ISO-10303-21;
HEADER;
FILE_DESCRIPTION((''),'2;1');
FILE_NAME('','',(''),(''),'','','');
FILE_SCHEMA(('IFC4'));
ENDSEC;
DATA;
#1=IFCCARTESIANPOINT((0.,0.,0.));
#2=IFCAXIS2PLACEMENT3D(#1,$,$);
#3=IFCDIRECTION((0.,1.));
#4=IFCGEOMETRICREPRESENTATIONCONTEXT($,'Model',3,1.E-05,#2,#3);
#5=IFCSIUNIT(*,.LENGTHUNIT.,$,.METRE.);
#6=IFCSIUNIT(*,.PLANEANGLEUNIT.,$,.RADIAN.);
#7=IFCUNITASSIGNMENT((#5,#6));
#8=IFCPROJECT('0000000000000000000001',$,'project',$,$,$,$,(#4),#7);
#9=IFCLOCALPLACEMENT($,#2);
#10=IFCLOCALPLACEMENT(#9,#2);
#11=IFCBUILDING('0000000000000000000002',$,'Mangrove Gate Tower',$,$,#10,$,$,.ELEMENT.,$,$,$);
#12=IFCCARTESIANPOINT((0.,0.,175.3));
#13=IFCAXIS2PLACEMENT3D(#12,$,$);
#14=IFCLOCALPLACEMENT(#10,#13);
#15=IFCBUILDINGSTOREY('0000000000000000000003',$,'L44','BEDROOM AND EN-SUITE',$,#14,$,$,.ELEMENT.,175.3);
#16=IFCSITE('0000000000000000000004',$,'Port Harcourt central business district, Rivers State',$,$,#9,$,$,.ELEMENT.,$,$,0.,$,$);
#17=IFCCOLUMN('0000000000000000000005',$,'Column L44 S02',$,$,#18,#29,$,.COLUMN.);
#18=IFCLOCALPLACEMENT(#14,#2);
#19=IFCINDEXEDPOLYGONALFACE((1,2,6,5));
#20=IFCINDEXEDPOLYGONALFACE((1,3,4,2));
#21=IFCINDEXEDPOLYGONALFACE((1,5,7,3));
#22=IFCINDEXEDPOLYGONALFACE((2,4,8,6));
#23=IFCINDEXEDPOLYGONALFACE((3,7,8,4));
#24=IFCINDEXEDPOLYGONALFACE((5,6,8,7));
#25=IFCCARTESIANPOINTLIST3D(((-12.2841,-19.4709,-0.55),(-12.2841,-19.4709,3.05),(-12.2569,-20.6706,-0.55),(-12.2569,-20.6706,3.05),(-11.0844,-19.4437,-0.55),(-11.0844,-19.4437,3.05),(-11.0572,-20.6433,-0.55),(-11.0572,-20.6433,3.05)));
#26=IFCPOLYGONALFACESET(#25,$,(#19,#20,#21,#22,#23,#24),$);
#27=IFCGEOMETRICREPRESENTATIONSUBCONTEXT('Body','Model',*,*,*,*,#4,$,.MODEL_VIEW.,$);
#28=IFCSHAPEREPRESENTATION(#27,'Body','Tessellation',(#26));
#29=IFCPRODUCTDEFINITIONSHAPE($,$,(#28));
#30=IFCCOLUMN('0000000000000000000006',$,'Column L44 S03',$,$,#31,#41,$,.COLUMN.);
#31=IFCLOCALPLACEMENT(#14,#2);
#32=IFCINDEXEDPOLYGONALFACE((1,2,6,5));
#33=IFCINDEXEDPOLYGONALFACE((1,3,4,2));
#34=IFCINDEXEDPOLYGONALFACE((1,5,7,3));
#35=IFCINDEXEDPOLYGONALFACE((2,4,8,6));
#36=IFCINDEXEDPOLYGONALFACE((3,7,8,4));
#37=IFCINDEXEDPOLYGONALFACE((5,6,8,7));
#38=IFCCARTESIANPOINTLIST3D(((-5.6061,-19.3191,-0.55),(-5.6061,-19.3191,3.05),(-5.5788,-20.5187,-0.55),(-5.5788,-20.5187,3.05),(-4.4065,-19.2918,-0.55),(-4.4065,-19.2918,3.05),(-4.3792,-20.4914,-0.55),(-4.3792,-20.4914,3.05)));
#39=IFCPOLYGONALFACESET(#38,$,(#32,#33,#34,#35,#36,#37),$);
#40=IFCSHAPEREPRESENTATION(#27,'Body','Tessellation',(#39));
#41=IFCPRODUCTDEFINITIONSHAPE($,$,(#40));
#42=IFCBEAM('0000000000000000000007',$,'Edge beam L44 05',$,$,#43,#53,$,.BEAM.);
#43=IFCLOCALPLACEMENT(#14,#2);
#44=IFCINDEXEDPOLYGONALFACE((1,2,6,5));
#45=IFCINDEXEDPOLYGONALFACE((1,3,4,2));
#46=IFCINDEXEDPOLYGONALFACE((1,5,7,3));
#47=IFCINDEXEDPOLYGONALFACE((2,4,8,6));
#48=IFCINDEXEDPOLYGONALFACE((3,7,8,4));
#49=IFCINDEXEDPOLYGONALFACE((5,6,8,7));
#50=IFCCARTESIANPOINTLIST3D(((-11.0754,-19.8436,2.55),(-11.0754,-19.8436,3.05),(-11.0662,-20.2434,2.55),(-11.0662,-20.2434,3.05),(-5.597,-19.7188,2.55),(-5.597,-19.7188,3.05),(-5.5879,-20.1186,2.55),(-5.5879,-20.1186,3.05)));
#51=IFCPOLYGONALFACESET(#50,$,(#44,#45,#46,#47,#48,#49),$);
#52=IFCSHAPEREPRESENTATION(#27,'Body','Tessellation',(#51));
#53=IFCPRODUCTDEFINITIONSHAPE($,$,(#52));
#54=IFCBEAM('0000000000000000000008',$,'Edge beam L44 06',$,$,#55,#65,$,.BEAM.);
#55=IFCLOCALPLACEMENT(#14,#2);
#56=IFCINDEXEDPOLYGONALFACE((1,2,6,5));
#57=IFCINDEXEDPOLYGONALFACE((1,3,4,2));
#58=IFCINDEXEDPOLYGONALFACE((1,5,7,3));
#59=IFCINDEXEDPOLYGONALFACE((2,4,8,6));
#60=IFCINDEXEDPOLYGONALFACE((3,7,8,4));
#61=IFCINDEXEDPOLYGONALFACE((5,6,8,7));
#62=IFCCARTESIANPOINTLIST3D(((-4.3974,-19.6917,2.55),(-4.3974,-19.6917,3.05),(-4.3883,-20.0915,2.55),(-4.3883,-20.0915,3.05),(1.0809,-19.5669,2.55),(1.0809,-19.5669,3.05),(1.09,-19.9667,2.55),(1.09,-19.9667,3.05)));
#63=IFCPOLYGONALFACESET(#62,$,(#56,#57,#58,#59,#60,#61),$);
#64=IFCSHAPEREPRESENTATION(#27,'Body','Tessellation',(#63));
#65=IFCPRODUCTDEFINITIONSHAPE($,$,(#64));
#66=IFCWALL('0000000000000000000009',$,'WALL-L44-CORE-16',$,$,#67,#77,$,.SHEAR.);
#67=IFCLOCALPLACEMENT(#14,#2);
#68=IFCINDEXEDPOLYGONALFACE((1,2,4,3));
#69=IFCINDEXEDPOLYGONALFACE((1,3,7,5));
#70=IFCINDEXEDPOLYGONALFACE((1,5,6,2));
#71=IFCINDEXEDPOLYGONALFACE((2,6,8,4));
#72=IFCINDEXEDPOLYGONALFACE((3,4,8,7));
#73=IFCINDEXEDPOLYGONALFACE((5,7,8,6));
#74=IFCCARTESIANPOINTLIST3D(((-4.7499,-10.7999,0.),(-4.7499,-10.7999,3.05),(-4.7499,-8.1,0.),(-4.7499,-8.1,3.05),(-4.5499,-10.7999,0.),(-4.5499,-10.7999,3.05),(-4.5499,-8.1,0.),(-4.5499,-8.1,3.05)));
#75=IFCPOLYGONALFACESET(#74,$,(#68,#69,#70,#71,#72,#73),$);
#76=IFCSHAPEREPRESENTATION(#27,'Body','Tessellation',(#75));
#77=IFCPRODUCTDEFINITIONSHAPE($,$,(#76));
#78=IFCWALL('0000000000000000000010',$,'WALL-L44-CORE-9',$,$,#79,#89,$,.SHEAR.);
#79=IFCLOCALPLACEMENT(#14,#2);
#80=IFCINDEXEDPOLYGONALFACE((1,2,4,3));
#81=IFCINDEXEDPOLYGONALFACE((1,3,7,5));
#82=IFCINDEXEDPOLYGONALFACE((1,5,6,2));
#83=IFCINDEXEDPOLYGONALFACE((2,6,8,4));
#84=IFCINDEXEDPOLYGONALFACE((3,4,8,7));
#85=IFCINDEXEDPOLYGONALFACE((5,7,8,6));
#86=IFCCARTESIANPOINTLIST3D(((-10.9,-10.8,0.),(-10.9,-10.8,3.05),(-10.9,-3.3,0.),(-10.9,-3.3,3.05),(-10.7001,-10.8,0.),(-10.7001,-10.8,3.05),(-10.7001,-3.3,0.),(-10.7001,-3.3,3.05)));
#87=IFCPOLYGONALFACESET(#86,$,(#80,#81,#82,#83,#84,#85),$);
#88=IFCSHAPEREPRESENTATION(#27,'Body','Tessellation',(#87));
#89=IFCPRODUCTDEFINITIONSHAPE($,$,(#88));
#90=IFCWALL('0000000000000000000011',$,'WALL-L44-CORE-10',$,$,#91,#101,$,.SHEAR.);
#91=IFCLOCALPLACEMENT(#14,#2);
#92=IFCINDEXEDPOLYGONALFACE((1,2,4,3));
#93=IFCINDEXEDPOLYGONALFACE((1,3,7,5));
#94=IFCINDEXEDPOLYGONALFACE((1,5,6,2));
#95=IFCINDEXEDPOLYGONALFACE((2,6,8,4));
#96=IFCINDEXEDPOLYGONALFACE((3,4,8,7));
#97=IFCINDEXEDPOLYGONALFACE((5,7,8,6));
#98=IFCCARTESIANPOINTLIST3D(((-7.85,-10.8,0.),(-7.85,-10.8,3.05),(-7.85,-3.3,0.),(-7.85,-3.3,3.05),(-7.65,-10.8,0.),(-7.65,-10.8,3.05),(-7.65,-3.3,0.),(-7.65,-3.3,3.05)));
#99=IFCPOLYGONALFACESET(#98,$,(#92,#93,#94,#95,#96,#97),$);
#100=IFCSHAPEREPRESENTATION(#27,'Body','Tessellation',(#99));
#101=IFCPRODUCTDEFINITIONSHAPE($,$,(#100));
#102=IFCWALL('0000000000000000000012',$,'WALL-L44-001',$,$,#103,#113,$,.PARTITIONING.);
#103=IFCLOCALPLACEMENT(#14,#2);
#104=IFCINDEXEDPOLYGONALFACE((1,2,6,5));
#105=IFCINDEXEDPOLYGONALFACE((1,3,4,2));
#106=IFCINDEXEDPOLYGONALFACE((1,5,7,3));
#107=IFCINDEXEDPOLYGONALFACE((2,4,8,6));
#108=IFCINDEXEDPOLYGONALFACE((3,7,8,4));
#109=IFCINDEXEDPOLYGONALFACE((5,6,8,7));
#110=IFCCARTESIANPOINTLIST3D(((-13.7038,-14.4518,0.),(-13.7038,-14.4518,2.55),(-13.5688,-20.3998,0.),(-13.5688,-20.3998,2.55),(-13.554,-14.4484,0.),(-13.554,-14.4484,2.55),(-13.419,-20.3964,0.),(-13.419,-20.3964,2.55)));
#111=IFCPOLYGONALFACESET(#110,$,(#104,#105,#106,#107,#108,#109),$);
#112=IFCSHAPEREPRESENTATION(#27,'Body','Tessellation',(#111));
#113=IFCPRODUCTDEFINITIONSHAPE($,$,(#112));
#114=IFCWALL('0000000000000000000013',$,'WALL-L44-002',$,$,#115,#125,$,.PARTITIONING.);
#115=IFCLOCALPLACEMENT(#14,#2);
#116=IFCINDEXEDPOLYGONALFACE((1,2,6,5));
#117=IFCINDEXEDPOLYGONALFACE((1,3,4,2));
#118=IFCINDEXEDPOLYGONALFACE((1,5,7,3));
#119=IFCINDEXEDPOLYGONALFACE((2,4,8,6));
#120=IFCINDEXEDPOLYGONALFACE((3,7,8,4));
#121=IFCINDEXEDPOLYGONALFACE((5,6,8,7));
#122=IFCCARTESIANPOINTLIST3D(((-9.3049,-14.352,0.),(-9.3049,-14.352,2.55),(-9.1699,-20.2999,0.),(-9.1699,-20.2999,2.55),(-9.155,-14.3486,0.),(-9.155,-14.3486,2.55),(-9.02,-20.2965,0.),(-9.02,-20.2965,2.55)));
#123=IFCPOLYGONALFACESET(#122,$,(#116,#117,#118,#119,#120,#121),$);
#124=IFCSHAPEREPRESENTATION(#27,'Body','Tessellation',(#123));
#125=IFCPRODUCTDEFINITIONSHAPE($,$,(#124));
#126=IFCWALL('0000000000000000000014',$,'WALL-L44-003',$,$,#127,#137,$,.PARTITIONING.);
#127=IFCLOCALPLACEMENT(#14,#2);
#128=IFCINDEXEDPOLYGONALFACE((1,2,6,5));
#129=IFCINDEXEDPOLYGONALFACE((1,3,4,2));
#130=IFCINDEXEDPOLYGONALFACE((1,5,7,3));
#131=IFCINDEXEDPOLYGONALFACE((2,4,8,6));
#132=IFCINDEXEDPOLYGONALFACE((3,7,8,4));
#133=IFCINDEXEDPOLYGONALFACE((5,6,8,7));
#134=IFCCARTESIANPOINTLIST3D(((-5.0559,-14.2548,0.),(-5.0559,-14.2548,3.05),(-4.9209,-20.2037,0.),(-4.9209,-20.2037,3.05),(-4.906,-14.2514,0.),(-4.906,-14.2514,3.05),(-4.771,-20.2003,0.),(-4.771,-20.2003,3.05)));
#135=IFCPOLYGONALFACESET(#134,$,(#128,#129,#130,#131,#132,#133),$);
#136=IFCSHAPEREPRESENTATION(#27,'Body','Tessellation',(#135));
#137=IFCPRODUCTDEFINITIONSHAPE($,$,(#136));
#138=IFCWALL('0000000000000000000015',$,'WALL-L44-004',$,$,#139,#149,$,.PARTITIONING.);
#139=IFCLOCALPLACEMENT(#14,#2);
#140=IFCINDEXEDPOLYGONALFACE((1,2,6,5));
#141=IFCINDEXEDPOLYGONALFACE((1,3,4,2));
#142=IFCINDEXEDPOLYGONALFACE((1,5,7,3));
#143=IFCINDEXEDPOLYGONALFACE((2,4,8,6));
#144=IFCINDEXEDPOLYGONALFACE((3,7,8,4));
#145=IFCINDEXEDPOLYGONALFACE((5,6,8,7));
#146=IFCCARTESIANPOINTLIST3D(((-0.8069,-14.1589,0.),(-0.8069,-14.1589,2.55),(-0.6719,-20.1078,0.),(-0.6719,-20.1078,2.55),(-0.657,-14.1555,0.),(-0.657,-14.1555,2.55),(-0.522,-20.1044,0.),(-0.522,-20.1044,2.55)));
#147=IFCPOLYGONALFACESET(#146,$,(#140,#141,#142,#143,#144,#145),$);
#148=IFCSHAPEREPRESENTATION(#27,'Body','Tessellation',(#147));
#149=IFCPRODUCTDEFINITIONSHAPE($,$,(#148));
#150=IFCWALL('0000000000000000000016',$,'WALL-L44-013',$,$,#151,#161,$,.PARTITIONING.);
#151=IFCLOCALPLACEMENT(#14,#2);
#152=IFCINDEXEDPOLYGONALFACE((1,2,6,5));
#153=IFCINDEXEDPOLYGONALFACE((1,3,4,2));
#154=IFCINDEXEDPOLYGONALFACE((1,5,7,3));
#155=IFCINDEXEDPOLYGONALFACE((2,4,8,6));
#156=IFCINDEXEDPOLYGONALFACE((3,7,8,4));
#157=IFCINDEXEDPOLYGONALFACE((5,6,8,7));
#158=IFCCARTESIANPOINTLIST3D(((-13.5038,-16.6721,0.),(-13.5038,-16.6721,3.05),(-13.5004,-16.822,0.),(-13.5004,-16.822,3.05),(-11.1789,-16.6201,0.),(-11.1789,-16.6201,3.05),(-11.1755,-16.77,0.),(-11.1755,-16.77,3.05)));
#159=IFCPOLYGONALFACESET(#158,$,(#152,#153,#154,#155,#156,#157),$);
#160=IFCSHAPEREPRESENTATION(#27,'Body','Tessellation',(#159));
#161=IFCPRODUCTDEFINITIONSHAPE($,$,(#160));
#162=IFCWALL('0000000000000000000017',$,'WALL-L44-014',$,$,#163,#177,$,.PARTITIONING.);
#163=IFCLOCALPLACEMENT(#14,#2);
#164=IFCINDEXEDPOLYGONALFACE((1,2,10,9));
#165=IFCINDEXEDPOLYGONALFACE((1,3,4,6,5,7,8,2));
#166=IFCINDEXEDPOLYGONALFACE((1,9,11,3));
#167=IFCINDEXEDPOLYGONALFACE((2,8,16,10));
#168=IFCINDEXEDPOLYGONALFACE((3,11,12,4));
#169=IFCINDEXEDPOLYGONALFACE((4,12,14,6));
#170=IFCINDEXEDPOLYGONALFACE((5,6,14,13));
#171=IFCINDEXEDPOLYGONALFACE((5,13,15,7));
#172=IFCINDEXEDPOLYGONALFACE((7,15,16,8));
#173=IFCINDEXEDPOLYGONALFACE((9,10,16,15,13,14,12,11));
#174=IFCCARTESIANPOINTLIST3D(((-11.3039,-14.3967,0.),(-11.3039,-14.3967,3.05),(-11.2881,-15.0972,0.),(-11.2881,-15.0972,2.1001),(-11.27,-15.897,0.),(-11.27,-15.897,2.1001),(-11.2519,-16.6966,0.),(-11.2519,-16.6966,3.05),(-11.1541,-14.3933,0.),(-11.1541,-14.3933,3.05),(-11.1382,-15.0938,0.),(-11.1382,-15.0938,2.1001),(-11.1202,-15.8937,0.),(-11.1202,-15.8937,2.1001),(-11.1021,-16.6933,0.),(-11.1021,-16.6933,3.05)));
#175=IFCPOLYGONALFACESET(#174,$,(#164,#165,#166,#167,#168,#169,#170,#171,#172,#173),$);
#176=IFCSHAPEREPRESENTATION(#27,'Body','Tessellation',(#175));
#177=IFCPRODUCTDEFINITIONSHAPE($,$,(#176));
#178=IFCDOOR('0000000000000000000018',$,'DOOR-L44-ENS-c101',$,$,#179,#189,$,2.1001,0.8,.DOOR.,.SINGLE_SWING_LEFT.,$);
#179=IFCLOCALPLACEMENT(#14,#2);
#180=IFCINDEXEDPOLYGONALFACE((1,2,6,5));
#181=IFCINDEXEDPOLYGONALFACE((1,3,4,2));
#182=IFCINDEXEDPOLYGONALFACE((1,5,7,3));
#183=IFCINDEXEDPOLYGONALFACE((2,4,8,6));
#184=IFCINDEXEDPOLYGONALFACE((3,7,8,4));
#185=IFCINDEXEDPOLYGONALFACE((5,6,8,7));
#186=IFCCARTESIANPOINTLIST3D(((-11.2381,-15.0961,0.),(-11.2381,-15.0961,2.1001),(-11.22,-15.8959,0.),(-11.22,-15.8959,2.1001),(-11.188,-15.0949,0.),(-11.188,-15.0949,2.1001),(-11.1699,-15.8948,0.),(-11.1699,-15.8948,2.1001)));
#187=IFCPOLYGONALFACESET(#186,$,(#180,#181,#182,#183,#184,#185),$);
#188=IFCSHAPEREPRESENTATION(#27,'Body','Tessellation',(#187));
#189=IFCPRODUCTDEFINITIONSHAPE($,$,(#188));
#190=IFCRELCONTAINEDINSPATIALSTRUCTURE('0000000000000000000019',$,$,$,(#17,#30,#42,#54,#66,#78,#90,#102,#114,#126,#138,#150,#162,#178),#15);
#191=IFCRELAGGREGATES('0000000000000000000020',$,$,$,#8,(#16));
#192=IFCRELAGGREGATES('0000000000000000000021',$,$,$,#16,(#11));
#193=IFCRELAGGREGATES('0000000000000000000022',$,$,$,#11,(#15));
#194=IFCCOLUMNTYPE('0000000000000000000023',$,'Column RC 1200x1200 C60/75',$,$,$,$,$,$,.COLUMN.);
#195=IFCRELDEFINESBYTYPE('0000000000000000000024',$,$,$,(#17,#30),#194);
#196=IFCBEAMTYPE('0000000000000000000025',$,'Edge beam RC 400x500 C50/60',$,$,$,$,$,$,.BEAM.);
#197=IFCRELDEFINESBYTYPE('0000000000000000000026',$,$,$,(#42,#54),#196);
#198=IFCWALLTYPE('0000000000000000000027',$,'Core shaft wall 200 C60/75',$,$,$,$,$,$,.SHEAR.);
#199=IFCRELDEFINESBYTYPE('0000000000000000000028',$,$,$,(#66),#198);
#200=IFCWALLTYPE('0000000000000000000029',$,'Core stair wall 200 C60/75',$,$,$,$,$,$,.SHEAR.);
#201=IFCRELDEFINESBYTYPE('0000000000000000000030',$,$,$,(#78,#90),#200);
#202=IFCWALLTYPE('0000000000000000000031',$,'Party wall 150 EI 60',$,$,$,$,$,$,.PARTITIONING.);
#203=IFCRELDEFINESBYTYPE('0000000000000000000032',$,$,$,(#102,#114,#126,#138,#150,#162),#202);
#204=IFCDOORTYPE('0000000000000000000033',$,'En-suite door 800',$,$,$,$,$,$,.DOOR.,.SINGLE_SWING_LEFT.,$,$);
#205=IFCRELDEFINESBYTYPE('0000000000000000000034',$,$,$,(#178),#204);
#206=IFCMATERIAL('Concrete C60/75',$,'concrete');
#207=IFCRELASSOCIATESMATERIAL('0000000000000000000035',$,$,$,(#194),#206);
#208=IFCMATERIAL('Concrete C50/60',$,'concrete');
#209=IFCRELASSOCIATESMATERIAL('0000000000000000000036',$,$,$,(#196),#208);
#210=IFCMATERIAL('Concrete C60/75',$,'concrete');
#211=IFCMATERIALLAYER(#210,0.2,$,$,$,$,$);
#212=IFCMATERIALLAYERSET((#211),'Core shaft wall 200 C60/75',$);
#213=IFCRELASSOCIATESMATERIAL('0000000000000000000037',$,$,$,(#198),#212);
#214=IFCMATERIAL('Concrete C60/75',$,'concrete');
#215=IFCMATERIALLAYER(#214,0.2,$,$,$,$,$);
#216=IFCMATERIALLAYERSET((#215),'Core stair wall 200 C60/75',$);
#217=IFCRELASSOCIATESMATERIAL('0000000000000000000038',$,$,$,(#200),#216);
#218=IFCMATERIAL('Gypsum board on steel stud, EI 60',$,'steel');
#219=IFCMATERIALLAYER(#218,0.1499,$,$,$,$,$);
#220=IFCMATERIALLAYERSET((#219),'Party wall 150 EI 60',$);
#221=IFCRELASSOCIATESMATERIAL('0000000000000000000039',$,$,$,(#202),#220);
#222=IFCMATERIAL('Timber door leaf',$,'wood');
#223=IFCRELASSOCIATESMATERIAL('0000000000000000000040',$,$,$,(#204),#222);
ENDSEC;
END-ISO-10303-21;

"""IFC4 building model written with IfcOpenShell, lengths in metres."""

from ifc_helpers import new_model, si_unit, direction, frame, frame_2d, origin, origin_2d, place, context, subcontext, project, spatial, rectangle, extrude, material, layer, layer_set, material_profile, profile_set, type_object, element, fill, save


model = new_model("IFC4")

# Units and contexts
model_context = context("Model", 3, precision=1e-05, world=origin(), true_north=direction((0.0, 1.0)))
body_context = subcontext(model_context, "Body", "Model", "MODEL_VIEW")
ifc_project = project(units=[si_unit("LENGTHUNIT", "METRE"), si_unit("PLANEANGLEUNIT", "RADIAN")], contexts=[model_context])

# Site, building, storey
site_placement = place(None, origin())
site = spatial("IfcSite", under=ifc_project, at=site_placement, Name="Port Harcourt central business district, Rivers State", CompositionType="ELEMENT", RefElevation=0.0)
building_placement = place(site_placement, origin())
building = spatial("IfcBuilding", under=site, at=building_placement, Name="Mangrove Gate Tower", CompositionType="ELEMENT")
storey_placement = place(building_placement, frame((0.0, 0.0, 175.3)))
storey = spatial("IfcBuildingStorey", under=building, at=storey_placement, Name="L44", Description="BEDROOM AND EN-SUITE", CompositionType="ELEMENT", Elevation=175.3)

# Columns
ifc_material_1 = material(Name="Concrete C60/75", Category="concrete")
ifc_material_profile_1 = material_profile(ifc_material_1, rectangle(XDim=1.2, YDim=1.2, at=origin_2d()))
ifc_profile_set_1 = profile_set([ifc_material_profile_1], Name="Concrete C60/75")
column_type = type_object("IfcColumnType", Name="Column RC 1200x1200 C60/75", PredefinedType="COLUMN", material=ifc_profile_set_1)
for number, where, z_axis, x_axis, name in (
    (1, (-11.6707, -20.0571, -0.55), (0.0, 0.0, 1.0), (0.999743, 0.022679, 0.0), "Column L44 S02"),
    (2, (-4.9927, -19.9053, -0.55), (0.0, 0.0, 1.0), (0.999741, 0.022755, 0.0), "Column L44 S03"),
):
    element("IfcColumn", number, at=place(storey_placement, frame(where, z_axis=z_axis, x_axis=x_axis)), inside=storey, type_object=column_type, Name=name, PredefinedType="COLUMN", context=body_context, shape_type="SweptSolid", body=[
        extrude(rectangle(XDim=1.2, YDim=1.2, at=origin_2d()), origin(), (0.0, 0.0, 1.0), 3.6001),
    ])

# Beams
ifc_material_2 = material(Name="Concrete C50/60", Category="concrete")
ifc_material_profile_2 = material_profile(ifc_material_2, rectangle(XDim=0.3999, YDim=0.5, at=origin_2d()))
ifc_profile_set_2 = profile_set([ifc_material_profile_2], Name="Concrete C50/60")
beam_type = type_object("IfcBeamType", Name="Edge beam RC 400x500 C50/60", PredefinedType="BEAM", material=ifc_profile_set_2)
for number, where, z_axis, x_axis, name in (
    (3, (-11.0708, -20.0435, 2.8), (0.999741, 0.022767, 0.0), (-0.022767, 0.999741, 0.0), "Edge beam L44 05"),
    (4, (-4.3928, -19.8916, 2.8), (0.999741, 0.022767, 0.0), (-0.022767, 0.999741, 0.0), "Edge beam L44 06"),
):
    element("IfcBeam", number, at=place(storey_placement, frame(where, z_axis=z_axis, x_axis=x_axis)), inside=storey, type_object=beam_type, Name=name, PredefinedType="BEAM", context=body_context, shape_type="SweptSolid", body=[
        extrude(rectangle(XDim=0.3999, YDim=0.5, at=origin_2d()), origin(), (0.0, 0.0, 1.0), 5.4797),
    ])

# Walls
ifc_material_3 = material(Name="Concrete C60/75", Category="concrete")
ifc_layer_1 = layer(ifc_material_3, 0.2)
ifc_layer_set_1 = layer_set([ifc_layer_1], Name="Core shaft wall 200 C60/75")
wall_type_1 = type_object("IfcWallType", Name="Core shaft wall 200 C60/75", PredefinedType="SHEAR", material=ifc_layer_set_1)
wall_1_placement = place(storey_placement, frame((-4.6499, -10.8, 0.0), z_axis=(0.0, 0.0, 1.0), x_axis=(0.0, 1.0, 0.0)))
element("IfcWall", 5, at=wall_1_placement, inside=storey, type_object=wall_type_1, Name="WALL-L44-CORE-16", PredefinedType="SHEAR", context=body_context, shape_type="SweptSolid", body=[
    extrude(rectangle(XDim=2.7, YDim=0.2, at=frame_2d((1.3501, 0.0))), origin(), (0.0, 0.0, 1.0), 3.05),
])
ifc_material_4 = material(Name="Concrete C60/75", Category="concrete")
ifc_layer_2 = layer(ifc_material_4, 0.2)
ifc_layer_set_2 = layer_set([ifc_layer_2], Name="Core stair wall 200 C60/75")
wall_type_2 = type_object("IfcWallType", Name="Core stair wall 200 C60/75", PredefinedType="SHEAR", material=ifc_layer_set_2)
for number, where, z_axis, x_axis, name in (
    (6, (-10.8, -10.8, 0.0), (0.0, 0.0, 1.0), (0.0, 1.0, 0.0), "WALL-L44-CORE-9"),
    (7, (-7.75, -10.8, 0.0), (0.0, 0.0, 1.0), (0.0, 1.0, 0.0), "WALL-L44-CORE-10"),
):
    element("IfcWall", number, at=place(storey_placement, frame(where, z_axis=z_axis, x_axis=x_axis)), inside=storey, type_object=wall_type_2, Name=name, PredefinedType="SHEAR", context=body_context, shape_type="SweptSolid", body=[
        extrude(rectangle(XDim=7.5, YDim=0.2, at=frame_2d((3.75, 0.0))), origin(), (0.0, 0.0, 1.0), 3.05),
    ])
ifc_material_5 = material(Name="Gypsum board on steel stud, EI 60", Category="steel")
ifc_layer_3 = layer(ifc_material_5, 0.1499)
ifc_layer_set_3 = layer_set([ifc_layer_3], Name="Party wall 150 EI 60")
wall_type_3 = type_object("IfcWallType", Name="Party wall 150 EI 60", PredefinedType="PARTITIONING", material=ifc_layer_set_3)
for number, where, z_axis, x_axis, name in (
    (8, (-13.4939, -20.3979, 0.0), (0.0, 0.0, 1.0), (-0.022693, 0.999742, 0.0), "WALL-L44-001"),
    (9, (-9.095, -20.2981, 0.0), (0.0, 0.0, 1.0), (-0.022693, 0.999742, 0.0), "WALL-L44-002"),
):
    element("IfcWall", number, at=place(storey_placement, frame(where, z_axis=z_axis, x_axis=x_axis)), inside=storey, type_object=wall_type_3, Name=name, PredefinedType="PARTITIONING", context=body_context, shape_type="SweptSolid", body=[
        extrude(rectangle(XDim=5.9495, YDim=0.1499, at=frame_2d((2.9746, 0.0))), origin(), (0.0, 0.0, 1.0), 2.55),
    ])
wall_2_placement = place(storey_placement, frame((-4.8459, -20.2019, 0.0), z_axis=(0.0, 0.0, 1.0), x_axis=(-0.022689, 0.999743, 0.0)))
element("IfcWall", 10, at=wall_2_placement, inside=storey, type_object=wall_type_3, Name="WALL-L44-003", PredefinedType="PARTITIONING", context=body_context, shape_type="SweptSolid", body=[
    extrude(rectangle(XDim=5.9504, YDim=0.1499, at=frame_2d((2.9751, 0.0))), origin(), (0.0, 0.0, 1.0), 3.05),
])
wall_3_placement = place(storey_placement, frame((-0.5969, -20.106, 0.0), z_axis=(0.0, 0.0, 1.0), x_axis=(-0.022689, 0.999743, 0.0)))
element("IfcWall", 11, at=wall_3_placement, inside=storey, type_object=wall_type_3, Name="WALL-L44-004", PredefinedType="PARTITIONING", context=body_context, shape_type="SweptSolid", body=[
    extrude(rectangle(XDim=5.9504, YDim=0.1499, at=frame_2d((2.9751, 0.0))), origin(), (0.0, 0.0, 1.0), 2.55),
])
wall_4_placement = place(storey_placement, frame((-13.502, -16.7471, 0.0), z_axis=(0.0, 0.0, 1.0), x_axis=(0.99975, 0.022361, 0.0)))
element("IfcWall", 12, at=wall_4_placement, inside=storey, type_object=wall_type_3, Name="WALL-L44-013", PredefinedType="PARTITIONING", context=body_context, shape_type="SweptSolid", body=[
    extrude(rectangle(XDim=2.3254, YDim=0.1499, at=frame_2d((1.1626, 0.0))), origin(), (0.0, 0.0, 1.0), 3.05),
])

# Wall, opening, door
wall_5_placement = place(storey_placement, frame((-11.177, -16.6951, 0.0), z_axis=(0.0, 0.0, 1.0), x_axis=(-0.022603, 0.999745, 0.0)))
wall_5 = element("IfcWall", 13, at=wall_5_placement, inside=storey, type_object=wall_type_3, Name="WALL-L44-014", PredefinedType="PARTITIONING", context=body_context, shape_type="SweptSolid", body=[
    extrude(rectangle(XDim=2.3005, YDim=0.1499, at=frame_2d((1.1504, 0.0))), origin(), (0.0, 0.0, 1.0), 3.05),
])
opening_1_placement = place(wall_5_placement, frame((0.8, 0.0, 0.0)))
opening_1 = element("IfcOpeningElement", 14, at=opening_1_placement, cuts=wall_5, PredefinedType="OPENING", context=body_context, shape_type="SweptSolid", body=[
    extrude(rectangle(XDim=0.8, YDim=2.1001, at=frame_2d((0.3999, 1.05))), frame((0.0, 0.085, 0.0), z_axis=(0.0, -1.0, 0.0), x_axis=(1.0, 0.0, 0.0)), (0.0, 0.0, 1.0), 0.1699),
])
ifc_material_6 = material(Name="Timber door leaf", Category="wood")
door_type = type_object("IfcDoorType", Name="En-suite door 800", OperationType="SINGLE_SWING_LEFT", PredefinedType="DOOR", material=ifc_material_6)
door_1_placement = place(opening_1_placement, origin())
door_1 = element("IfcDoor", 15, at=door_1_placement, inside=storey, type_object=door_type, Name="DOOR-L44-ENS-c101", OperationType="SINGLE_SWING_LEFT", OverallHeight=2.1001, OverallWidth=0.8, PredefinedType="DOOR", context=body_context, shape_type="SweptSolid", body=[
    extrude(rectangle(XDim=0.8, YDim=2.1001, at=frame_2d((0.3999, 1.05))), frame((0.0, 0.0249, 0.0), z_axis=(0.0, -1.0, 0.0), x_axis=(1.0, 0.0, 0.0)), (0.0, 0.0, 1.0), 0.05),
])
fill(opening_1, door_1)

save(model, "model.ifc")
